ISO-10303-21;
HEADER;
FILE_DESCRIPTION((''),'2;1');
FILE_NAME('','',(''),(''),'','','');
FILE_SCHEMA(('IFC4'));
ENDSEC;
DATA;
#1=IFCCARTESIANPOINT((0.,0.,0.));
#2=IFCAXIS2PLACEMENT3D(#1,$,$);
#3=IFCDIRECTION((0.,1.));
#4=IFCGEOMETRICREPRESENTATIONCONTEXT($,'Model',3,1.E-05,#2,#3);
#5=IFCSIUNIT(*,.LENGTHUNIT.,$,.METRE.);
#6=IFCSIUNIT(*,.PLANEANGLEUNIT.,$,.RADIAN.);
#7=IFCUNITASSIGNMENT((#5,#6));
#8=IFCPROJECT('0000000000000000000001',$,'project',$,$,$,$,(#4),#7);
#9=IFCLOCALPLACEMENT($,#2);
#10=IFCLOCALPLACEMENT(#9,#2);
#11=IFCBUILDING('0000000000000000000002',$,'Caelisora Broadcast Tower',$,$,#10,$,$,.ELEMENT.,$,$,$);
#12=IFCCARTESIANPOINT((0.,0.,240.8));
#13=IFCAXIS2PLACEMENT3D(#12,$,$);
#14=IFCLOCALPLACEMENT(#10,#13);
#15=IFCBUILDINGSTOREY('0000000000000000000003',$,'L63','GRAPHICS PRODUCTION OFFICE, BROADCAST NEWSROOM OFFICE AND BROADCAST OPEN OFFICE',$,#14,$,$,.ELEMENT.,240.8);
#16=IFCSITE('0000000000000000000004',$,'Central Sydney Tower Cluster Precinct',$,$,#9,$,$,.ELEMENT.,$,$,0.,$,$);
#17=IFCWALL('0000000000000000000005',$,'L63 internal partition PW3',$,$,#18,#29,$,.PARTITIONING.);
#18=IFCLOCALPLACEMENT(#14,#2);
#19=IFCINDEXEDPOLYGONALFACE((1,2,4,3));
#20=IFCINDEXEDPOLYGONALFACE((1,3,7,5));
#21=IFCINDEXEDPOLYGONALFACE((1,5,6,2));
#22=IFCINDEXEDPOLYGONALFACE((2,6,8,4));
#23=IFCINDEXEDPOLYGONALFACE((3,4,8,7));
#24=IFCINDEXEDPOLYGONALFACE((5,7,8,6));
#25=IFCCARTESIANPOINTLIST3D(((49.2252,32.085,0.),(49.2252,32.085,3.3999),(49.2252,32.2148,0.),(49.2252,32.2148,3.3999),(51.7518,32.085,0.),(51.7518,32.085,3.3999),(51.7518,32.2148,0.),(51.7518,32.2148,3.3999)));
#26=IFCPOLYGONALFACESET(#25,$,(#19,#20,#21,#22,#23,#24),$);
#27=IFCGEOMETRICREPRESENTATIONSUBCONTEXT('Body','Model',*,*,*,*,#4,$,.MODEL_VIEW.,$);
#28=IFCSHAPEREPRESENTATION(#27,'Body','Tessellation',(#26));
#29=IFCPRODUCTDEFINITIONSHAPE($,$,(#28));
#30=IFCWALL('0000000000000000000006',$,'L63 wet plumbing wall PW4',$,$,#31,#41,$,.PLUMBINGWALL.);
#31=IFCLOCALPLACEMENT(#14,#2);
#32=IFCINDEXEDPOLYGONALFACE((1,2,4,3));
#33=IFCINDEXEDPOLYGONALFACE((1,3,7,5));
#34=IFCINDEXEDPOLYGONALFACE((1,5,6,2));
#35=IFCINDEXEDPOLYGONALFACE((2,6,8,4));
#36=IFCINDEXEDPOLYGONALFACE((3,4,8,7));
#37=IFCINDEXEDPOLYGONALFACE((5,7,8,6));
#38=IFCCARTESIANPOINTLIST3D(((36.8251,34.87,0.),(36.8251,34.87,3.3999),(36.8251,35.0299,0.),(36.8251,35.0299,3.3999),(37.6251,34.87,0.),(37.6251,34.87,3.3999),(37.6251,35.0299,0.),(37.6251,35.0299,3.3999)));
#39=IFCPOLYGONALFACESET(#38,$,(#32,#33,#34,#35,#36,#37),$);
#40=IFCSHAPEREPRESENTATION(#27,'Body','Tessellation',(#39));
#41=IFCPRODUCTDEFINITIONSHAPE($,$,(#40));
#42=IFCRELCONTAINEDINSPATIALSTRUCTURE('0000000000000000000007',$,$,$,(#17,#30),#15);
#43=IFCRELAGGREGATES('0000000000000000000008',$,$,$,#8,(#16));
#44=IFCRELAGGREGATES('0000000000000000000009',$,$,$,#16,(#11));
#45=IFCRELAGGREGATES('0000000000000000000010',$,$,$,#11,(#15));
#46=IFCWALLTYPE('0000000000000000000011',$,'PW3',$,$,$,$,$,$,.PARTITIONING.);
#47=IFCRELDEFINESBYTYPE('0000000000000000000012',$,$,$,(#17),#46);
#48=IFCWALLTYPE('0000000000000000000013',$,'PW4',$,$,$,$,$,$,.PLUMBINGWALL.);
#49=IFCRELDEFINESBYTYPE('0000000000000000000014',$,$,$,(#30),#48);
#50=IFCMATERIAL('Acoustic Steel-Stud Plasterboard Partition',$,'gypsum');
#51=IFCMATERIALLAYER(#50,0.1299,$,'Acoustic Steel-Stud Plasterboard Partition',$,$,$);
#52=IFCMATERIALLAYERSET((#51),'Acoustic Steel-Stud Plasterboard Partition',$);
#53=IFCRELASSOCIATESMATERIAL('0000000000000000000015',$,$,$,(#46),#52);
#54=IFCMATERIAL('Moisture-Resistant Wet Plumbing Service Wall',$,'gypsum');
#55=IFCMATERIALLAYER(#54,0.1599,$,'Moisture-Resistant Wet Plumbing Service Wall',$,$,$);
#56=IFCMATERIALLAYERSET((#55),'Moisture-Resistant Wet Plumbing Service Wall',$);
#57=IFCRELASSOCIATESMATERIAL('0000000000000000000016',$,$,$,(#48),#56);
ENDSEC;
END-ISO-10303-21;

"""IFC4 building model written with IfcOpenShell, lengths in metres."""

from ifc_helpers import new_model, si_unit, direction, frame, frame_2d, origin, place, context, subcontext, project, spatial, rectangle, extrude, material, layer, layer_set, type_object, element, save


model = new_model("IFC4")

# Units and contexts
model_context = context("Model", 3, precision=1e-05, world=origin(), true_north=direction((0.0, 1.0)))
body_context = subcontext(model_context, "Body", "Model", "MODEL_VIEW")
ifc_project = project(units=[si_unit("LENGTHUNIT", "METRE"), si_unit("PLANEANGLEUNIT", "RADIAN")], contexts=[model_context])

# Site, building, storey
site_placement = place(None, origin())
site = spatial("IfcSite", under=ifc_project, at=site_placement, Name="Central Sydney Tower Cluster Precinct", CompositionType="ELEMENT", RefElevation=0.0)
building_placement = place(site_placement, origin())
building = spatial("IfcBuilding", under=site, at=building_placement, Name="Caelisora Broadcast Tower", CompositionType="ELEMENT")
storey_placement = place(building_placement, frame((0.0, 0.0, 240.8)))
storey = spatial("IfcBuildingStorey", under=building, at=storey_placement, Name="L63", Description="GRAPHICS PRODUCTION OFFICE, BROADCAST NEWSROOM OFFICE AND BROADCAST OPEN OFFICE", CompositionType="ELEMENT", Elevation=240.8)

# Shared definitions
ifc_material_1 = material(Name="Acoustic Steel-Stud Plasterboard Partition", Category="gypsum")
ifc_layer_1 = layer(ifc_material_1, 0.1299, Name="Acoustic Steel-Stud Plasterboard Partition")
ifc_layer_set_1 = layer_set([ifc_layer_1], Name="Acoustic Steel-Stud Plasterboard Partition")
wall_type_1 = type_object("IfcWallType", Name="PW3", PredefinedType="PARTITIONING", material=ifc_layer_set_1)

# Walls
wall_1_placement = place(storey_placement, frame((51.7517, 32.1499, 0.0), z_axis=(0.0, 0.0, 1.0), x_axis=(-1.0, 0.0, 0.0)))
element("IfcWall", 1, at=wall_1_placement, inside=storey, type_object=wall_type_1, Name="L63 internal partition PW3", PredefinedType="PARTITIONING", context=body_context, shape_type="SweptSolid", body=[
    extrude(rectangle(XDim=2.5266, YDim=0.1299, at=frame_2d((1.2632, 0.0))), origin(), (0.0, 0.0, 1.0), 3.3999),
])
ifc_material_2 = material(Name="Moisture-Resistant Wet Plumbing Service Wall", Category="gypsum")
ifc_layer_2 = layer(ifc_material_2, 0.1599, Name="Moisture-Resistant Wet Plumbing Service Wall")
ifc_layer_set_2 = layer_set([ifc_layer_2], Name="Moisture-Resistant Wet Plumbing Service Wall")
wall_type_2 = type_object("IfcWallType", Name="PW4", PredefinedType="PLUMBINGWALL", material=ifc_layer_set_2)
wall_2_placement = place(storey_placement, frame((37.625, 34.95, 0.0), z_axis=(0.0, 0.0, 1.0), x_axis=(-1.0, 0.0, 0.0)))
element("IfcWall", 2, at=wall_2_placement, inside=storey, type_object=wall_type_2, Name="L63 wet plumbing wall PW4", PredefinedType="PLUMBINGWALL", context=body_context, shape_type="SweptSolid", body=[
    extrude(rectangle(XDim=0.8, YDim=0.1599, at=frame_2d((0.3999, 0.0))), origin(), (0.0, 0.0, 1.0), 3.3999),
])

save(model, "model.ifc")
